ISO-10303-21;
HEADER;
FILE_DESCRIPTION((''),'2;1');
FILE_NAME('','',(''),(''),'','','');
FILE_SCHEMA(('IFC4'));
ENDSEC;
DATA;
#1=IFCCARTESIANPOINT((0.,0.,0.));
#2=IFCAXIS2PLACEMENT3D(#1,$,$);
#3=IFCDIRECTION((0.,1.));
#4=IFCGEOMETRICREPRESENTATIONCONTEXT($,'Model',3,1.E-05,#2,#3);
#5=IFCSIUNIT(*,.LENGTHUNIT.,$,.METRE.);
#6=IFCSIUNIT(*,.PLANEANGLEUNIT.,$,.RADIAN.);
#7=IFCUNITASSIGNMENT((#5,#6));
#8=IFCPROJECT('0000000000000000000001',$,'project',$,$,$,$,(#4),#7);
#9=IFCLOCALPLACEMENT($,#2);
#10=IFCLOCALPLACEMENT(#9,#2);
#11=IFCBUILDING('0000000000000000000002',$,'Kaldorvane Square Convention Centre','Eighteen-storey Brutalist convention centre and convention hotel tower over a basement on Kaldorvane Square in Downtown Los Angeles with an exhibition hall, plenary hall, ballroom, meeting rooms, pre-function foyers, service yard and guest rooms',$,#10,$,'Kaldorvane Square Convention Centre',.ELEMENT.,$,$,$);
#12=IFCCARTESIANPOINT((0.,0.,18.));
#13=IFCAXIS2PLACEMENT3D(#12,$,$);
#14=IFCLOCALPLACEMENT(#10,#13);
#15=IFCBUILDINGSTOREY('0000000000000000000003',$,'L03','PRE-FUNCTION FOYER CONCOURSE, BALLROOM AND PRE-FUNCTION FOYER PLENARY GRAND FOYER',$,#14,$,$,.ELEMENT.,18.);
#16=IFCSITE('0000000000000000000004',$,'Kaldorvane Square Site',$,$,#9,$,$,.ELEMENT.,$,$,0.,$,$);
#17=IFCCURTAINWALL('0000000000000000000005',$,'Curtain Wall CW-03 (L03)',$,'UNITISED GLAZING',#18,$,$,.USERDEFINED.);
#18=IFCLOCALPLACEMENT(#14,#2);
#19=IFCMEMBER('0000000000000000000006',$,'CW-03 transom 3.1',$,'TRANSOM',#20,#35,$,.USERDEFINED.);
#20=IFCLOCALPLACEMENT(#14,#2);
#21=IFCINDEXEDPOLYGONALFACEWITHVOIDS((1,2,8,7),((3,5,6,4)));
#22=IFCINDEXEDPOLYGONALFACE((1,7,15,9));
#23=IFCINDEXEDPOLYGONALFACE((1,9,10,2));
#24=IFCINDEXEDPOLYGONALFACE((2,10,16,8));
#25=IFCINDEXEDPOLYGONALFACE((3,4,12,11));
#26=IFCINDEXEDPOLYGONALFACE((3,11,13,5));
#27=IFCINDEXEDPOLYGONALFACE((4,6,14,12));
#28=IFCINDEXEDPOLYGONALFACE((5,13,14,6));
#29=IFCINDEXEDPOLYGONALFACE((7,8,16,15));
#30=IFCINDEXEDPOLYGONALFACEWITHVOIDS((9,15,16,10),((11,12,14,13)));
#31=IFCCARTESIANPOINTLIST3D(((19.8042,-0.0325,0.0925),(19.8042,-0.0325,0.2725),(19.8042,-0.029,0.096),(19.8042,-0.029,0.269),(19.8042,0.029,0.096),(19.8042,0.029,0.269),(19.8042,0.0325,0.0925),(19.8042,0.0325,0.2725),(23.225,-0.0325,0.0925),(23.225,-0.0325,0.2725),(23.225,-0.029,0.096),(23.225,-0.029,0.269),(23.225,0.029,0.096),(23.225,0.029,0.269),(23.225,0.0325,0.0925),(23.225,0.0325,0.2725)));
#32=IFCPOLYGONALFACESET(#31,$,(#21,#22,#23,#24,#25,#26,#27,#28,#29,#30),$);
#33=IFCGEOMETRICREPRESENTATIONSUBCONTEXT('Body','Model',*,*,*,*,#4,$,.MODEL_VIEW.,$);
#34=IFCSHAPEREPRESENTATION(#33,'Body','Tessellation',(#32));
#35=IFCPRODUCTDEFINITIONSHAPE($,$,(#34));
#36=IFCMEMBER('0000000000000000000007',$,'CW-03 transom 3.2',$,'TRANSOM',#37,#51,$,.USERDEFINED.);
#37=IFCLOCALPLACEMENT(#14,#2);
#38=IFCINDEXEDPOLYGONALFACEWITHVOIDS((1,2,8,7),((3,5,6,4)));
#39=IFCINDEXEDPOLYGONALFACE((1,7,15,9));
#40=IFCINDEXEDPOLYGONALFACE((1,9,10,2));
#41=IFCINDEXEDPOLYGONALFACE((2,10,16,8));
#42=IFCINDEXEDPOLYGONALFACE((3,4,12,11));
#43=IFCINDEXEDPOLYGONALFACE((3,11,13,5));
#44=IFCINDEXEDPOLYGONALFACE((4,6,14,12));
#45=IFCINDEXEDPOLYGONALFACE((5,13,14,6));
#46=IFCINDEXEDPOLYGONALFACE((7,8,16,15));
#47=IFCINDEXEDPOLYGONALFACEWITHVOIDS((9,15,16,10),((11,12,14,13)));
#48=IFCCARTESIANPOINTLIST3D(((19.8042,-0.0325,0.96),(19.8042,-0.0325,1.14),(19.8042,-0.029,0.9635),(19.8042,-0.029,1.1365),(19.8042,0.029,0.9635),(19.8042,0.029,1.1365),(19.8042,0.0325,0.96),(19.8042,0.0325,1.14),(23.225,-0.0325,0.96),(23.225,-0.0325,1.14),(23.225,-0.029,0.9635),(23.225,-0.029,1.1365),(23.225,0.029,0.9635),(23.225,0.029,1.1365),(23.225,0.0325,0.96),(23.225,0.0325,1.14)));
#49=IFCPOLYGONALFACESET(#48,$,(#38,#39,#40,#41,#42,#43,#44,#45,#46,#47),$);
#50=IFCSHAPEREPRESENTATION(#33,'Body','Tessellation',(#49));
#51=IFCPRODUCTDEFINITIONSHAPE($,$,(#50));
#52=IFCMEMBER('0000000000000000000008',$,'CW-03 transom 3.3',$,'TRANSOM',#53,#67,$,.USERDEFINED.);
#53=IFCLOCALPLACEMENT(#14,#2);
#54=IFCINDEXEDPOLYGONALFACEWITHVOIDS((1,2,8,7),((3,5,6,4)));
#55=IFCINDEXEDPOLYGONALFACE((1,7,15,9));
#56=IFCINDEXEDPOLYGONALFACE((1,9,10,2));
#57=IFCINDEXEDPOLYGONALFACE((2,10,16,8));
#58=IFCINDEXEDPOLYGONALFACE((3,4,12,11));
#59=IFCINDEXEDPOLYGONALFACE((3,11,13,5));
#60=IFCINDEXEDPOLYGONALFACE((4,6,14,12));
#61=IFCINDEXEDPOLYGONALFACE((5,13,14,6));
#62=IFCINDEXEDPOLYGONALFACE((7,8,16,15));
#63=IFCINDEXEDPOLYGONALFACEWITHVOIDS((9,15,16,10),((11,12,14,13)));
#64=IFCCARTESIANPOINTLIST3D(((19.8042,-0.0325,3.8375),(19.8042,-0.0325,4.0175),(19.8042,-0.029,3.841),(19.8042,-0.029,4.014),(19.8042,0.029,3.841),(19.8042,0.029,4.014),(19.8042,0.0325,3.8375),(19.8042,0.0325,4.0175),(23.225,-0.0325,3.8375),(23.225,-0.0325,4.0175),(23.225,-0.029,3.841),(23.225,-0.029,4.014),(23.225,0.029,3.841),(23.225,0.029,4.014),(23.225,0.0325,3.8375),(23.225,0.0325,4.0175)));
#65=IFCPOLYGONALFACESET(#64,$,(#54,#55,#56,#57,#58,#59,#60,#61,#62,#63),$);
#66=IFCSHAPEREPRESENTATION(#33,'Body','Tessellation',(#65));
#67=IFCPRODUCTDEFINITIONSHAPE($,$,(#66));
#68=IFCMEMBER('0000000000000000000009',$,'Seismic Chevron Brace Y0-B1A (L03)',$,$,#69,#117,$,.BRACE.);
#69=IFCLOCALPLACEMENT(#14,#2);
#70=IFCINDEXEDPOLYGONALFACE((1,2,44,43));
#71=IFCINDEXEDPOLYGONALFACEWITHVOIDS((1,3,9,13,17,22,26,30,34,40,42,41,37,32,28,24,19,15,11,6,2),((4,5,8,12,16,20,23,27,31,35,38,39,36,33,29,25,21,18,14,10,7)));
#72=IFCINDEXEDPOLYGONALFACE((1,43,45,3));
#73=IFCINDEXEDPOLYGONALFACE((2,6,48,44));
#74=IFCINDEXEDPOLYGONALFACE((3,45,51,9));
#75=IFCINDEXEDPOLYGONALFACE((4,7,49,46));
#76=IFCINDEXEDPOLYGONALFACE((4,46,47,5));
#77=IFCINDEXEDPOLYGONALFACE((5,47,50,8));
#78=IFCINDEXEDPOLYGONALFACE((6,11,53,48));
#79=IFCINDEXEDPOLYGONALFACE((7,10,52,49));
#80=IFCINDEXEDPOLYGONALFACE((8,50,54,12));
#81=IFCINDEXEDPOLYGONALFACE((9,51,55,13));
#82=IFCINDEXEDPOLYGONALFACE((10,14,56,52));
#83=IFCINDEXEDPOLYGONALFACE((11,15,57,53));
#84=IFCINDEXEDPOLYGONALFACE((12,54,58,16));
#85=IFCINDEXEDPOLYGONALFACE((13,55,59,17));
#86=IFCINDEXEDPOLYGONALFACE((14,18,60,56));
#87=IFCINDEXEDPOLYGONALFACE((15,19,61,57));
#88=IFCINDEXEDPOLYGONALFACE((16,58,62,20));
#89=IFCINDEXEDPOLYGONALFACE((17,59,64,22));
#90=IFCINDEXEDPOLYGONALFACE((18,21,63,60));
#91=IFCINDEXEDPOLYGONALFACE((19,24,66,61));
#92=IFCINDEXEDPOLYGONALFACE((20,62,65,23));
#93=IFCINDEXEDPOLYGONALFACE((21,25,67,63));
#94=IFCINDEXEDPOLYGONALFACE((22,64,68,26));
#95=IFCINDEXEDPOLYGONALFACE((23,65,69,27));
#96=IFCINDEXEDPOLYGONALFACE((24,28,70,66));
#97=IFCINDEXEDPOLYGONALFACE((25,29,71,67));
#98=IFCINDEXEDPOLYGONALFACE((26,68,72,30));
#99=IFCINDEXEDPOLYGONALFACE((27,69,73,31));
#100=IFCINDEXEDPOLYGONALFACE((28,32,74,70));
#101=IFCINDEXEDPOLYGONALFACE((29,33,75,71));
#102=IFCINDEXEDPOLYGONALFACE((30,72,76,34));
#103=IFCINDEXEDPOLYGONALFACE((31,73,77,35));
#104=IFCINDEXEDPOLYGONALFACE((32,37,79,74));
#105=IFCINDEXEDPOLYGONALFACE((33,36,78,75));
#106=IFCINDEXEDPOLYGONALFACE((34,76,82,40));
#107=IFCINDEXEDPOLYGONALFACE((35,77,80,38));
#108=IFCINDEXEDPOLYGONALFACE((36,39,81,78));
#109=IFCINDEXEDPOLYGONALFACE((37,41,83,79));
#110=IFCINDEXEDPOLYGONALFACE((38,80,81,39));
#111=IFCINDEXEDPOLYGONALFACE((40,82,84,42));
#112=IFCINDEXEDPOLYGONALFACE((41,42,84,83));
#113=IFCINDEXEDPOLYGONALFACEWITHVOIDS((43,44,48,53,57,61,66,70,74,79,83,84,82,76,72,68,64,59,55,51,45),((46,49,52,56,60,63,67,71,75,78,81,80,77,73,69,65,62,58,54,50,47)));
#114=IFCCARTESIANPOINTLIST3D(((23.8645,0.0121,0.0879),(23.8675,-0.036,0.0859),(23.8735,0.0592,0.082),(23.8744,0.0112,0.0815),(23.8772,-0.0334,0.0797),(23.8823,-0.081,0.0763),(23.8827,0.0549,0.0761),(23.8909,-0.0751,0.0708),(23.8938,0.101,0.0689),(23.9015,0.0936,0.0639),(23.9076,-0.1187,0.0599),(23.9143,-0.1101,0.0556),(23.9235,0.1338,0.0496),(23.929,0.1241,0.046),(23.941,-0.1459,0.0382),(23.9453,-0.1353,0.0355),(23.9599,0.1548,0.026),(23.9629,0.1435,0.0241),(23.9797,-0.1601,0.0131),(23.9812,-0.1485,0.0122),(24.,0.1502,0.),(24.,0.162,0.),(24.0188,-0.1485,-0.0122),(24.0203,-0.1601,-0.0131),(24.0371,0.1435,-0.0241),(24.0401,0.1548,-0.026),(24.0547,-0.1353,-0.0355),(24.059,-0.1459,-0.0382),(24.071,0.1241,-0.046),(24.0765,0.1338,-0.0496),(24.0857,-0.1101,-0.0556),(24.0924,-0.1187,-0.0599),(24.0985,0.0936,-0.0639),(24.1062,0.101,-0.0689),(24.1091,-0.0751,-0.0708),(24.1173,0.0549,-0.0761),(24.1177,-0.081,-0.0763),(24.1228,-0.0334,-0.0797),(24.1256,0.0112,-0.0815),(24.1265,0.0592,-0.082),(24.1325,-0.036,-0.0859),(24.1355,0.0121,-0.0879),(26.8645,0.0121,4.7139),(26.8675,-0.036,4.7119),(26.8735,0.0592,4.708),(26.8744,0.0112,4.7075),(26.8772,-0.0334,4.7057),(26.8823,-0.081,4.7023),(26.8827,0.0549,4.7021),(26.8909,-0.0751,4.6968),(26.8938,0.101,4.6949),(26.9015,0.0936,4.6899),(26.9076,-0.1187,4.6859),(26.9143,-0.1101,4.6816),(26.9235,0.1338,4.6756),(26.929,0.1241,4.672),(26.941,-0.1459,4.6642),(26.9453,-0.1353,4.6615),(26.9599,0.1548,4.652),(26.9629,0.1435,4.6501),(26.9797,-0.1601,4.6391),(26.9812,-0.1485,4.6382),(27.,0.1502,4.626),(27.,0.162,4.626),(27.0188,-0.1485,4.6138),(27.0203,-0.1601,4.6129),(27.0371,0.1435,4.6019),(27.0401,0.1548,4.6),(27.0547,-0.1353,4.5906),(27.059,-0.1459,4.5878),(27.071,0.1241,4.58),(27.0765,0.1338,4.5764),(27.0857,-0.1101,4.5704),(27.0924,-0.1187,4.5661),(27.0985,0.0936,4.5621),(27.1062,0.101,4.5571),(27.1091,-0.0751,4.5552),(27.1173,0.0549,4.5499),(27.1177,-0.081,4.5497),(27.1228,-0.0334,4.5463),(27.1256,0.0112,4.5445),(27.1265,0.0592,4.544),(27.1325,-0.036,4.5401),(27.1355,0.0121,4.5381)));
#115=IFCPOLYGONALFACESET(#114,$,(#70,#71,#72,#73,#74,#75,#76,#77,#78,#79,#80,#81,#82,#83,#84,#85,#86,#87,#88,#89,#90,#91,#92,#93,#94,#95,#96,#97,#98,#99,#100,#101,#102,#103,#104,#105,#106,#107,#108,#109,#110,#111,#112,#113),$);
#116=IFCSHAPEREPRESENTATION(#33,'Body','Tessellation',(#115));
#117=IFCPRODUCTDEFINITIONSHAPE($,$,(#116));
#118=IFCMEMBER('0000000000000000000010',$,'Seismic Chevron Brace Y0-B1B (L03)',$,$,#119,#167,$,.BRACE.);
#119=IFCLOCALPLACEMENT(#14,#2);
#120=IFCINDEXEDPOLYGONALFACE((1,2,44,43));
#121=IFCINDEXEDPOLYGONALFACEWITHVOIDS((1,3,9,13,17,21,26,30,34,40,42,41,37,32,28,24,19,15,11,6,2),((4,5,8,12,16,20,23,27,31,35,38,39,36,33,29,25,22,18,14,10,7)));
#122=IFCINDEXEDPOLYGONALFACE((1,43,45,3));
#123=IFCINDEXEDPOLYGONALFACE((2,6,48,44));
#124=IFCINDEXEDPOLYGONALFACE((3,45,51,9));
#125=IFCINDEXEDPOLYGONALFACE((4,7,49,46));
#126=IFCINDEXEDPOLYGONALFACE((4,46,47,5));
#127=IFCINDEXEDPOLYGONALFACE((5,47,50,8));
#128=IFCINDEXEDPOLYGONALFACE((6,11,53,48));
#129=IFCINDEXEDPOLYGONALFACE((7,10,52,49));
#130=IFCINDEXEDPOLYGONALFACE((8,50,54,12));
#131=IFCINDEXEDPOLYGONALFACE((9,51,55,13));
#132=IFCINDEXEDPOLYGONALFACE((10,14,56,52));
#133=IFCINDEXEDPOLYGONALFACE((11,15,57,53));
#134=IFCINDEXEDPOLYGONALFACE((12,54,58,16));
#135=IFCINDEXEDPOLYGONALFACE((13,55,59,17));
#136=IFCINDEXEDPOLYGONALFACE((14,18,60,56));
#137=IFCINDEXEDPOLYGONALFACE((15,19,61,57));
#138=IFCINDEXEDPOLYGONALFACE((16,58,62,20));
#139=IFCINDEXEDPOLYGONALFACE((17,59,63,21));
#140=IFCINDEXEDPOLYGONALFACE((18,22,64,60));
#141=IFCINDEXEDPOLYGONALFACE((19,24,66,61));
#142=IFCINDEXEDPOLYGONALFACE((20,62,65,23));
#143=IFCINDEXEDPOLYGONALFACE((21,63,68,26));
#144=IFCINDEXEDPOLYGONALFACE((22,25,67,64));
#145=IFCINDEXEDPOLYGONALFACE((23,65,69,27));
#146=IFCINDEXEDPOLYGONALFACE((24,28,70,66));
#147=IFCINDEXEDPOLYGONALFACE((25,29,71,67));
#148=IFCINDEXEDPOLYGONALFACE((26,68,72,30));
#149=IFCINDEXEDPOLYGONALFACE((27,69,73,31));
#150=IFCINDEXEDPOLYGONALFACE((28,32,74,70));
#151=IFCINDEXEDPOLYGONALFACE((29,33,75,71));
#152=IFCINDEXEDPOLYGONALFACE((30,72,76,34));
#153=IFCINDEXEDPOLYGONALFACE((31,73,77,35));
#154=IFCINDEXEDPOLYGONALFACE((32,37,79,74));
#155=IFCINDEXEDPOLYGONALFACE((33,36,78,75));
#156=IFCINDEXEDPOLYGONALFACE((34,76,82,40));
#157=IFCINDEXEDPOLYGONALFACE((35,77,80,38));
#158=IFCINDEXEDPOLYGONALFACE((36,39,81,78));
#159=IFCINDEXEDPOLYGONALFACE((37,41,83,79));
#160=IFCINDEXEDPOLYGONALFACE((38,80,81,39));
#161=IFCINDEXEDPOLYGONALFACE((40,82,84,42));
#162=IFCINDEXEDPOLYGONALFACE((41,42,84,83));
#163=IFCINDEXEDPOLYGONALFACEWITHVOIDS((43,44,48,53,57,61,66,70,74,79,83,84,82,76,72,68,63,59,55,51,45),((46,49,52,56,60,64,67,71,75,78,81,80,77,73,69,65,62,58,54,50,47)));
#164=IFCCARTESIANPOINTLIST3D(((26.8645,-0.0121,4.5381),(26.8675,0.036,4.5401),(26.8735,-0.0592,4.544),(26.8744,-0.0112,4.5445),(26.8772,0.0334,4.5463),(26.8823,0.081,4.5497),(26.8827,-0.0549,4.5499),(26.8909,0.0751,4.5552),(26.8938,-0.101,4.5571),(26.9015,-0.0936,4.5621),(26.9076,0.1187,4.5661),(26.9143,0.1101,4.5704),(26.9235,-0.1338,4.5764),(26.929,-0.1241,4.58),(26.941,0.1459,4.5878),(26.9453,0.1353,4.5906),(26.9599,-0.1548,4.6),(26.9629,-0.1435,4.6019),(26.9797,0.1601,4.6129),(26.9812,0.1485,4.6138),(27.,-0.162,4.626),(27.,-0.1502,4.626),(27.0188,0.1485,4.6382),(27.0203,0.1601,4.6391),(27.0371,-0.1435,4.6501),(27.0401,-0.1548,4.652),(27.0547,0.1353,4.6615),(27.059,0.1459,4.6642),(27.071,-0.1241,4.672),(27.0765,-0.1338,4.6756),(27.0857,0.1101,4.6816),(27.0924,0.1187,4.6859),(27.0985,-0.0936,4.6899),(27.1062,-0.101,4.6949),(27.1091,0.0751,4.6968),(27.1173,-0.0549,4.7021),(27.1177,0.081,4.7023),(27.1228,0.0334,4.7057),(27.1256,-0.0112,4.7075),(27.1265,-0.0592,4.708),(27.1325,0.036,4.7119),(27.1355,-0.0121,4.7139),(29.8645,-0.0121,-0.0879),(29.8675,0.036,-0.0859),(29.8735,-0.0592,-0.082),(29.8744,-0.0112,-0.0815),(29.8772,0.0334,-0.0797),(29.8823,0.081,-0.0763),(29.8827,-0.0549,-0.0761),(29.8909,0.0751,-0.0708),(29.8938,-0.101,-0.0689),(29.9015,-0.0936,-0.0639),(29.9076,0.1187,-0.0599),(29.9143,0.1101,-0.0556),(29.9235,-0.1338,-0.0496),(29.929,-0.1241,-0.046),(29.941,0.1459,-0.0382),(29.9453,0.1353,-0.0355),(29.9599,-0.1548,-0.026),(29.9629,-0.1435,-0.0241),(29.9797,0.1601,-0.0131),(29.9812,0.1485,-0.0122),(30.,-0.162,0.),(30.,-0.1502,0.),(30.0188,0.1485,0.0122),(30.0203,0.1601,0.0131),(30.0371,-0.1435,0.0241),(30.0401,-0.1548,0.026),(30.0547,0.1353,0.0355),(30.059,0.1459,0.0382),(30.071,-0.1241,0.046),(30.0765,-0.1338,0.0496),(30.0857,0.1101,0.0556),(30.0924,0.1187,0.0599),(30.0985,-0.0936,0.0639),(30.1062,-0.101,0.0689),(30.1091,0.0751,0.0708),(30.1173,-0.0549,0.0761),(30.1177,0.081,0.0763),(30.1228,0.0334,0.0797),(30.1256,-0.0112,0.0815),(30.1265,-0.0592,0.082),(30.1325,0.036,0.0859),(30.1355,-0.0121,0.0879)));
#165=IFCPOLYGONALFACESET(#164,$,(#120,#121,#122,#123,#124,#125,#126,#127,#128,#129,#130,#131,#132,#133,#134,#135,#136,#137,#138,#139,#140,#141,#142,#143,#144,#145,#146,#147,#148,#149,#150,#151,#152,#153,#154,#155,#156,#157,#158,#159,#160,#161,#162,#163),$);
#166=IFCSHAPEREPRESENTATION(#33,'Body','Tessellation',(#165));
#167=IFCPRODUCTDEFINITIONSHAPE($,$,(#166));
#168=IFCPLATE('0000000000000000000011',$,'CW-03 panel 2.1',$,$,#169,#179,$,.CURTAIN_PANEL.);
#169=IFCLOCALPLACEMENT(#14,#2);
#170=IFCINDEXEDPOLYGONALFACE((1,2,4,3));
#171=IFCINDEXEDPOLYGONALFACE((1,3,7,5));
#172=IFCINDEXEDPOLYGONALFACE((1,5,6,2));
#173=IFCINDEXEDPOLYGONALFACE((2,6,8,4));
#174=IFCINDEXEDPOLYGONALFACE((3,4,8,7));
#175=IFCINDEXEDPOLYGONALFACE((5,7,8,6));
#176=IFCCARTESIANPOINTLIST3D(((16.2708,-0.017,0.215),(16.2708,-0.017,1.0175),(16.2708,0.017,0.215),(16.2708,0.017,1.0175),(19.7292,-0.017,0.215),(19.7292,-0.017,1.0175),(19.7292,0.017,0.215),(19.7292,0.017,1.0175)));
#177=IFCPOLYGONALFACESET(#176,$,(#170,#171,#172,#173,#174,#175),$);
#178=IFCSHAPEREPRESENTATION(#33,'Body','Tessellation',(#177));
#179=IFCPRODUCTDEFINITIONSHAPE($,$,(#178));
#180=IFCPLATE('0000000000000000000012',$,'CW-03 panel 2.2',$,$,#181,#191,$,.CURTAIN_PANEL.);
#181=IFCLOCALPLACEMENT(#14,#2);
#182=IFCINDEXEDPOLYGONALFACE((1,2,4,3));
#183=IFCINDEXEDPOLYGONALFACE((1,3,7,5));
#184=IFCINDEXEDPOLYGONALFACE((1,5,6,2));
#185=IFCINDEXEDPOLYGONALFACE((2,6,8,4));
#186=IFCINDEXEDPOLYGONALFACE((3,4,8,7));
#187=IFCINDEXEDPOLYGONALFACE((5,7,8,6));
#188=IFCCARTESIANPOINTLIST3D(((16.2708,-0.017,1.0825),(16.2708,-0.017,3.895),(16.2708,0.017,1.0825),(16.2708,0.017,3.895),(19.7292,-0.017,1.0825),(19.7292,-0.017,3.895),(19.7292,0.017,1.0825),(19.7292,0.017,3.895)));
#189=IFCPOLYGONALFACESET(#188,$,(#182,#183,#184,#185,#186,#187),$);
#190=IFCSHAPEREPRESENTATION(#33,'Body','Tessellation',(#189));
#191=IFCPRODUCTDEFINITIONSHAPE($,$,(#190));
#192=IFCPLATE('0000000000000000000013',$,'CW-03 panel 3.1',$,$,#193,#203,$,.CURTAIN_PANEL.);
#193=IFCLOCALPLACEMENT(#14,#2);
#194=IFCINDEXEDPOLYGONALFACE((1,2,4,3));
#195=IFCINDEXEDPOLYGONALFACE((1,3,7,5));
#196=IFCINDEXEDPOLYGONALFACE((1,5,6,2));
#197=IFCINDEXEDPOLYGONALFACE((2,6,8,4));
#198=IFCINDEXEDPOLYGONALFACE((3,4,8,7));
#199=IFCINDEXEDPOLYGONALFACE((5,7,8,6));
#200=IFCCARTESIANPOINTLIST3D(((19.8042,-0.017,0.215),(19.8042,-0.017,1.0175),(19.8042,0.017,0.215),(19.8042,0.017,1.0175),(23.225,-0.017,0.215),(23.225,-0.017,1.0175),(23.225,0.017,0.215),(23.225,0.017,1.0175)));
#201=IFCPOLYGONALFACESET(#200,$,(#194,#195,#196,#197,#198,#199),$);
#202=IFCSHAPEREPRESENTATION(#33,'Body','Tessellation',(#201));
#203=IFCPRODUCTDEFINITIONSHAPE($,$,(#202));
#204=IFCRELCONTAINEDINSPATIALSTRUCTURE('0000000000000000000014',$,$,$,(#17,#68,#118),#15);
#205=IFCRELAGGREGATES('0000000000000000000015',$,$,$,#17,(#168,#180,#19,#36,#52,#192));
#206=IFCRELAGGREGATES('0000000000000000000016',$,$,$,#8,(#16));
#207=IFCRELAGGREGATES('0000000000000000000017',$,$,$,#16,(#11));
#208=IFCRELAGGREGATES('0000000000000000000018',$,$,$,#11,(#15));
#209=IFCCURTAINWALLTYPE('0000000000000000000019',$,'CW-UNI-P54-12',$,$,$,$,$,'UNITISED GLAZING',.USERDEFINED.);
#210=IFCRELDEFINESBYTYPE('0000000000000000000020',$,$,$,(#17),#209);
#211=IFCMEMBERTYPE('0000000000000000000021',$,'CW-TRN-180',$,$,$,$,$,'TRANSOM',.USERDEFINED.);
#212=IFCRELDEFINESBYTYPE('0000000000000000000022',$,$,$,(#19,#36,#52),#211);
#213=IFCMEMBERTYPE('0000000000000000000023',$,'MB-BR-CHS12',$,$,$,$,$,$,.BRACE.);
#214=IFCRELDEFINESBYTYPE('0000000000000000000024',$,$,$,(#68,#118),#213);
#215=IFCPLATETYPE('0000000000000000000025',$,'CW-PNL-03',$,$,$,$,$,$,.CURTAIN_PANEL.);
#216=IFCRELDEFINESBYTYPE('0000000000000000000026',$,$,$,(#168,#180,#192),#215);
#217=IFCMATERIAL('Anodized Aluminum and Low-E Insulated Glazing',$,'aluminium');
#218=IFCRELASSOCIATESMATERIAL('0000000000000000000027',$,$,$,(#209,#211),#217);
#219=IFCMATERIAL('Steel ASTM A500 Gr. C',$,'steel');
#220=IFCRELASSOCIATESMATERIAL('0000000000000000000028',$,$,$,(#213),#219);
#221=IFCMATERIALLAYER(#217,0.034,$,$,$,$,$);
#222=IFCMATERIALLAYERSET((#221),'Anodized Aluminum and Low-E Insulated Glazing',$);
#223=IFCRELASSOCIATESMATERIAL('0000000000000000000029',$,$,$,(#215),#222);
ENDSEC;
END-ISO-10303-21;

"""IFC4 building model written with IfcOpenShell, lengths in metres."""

from ifc_helpers import new_model, si_unit, direction, frame, origin, origin_2d, place, context, subcontext, project, spatial, rectangle, hollow_rectangle, hollow_circle, extrude, material, layer, layer_set, material_profile, profile_set, type_object, element, aggregate, save


model = new_model("IFC4")

# Units and contexts
model_context = context("Model", 3, precision=1e-05, world=origin(), true_north=direction((0.0, 1.0)))
body_context = subcontext(model_context, "Body", "Model", "MODEL_VIEW")
ifc_project = project(units=[si_unit("LENGTHUNIT", "METRE"), si_unit("PLANEANGLEUNIT", "RADIAN")], contexts=[model_context])

# Site, building, storey
site_placement = place(None, origin())
site = spatial("IfcSite", under=ifc_project, at=site_placement, Name="Kaldorvane Square Site", CompositionType="ELEMENT", RefElevation=0.0)
building_placement = place(site_placement, origin())
building = spatial("IfcBuilding", under=site, at=building_placement, Name="Kaldorvane Square Convention Centre", Description="Eighteen-storey Brutalist convention centre and convention hotel tower over a basement on Kaldorvane Square in Downtown Los Angeles with an exhibition hall, plenary hall, ballroom, meeting rooms, pre-function foyers, service yard and guest rooms", LongName="Kaldorvane Square Convention Centre", CompositionType="ELEMENT")
storey_placement = place(building_placement, frame((0.0, 0.0, 18.0)))
storey = spatial("IfcBuildingStorey", under=building, at=storey_placement, Name="L03", Description="PRE-FUNCTION FOYER CONCOURSE, BALLROOM AND PRE-FUNCTION FOYER PLENARY GRAND FOYER", CompositionType="ELEMENT", Elevation=18.0)

# Curtain wall, members
ifc_material_1 = material(Name="Anodized Aluminum and Low-E Insulated Glazing", Category="aluminium")
curtain_wall_type = type_object("IfcCurtainWallType", Name="CW-UNI-P54-12", ElementType="UNITISED GLAZING", PredefinedType="USERDEFINED", material=ifc_material_1)
curtain_wall_placement = place(storey_placement, origin())
curtain_wall = element("IfcCurtainWall", 1, at=curtain_wall_placement, inside=storey, type_object=curtain_wall_type, Name="Curtain Wall CW-03 (L03)", ObjectType="UNITISED GLAZING", PredefinedType="USERDEFINED")
ifc_material_profile_1 = material_profile(ifc_material_1, hollow_rectangle(XDim=0.065, YDim=0.18, WallThickness=0.0035, at=origin_2d()), Name="CWT-180X65")
ifc_profile_set_1 = profile_set([ifc_material_profile_1], Name="Anodized Aluminum and Low-E Insulated Glazing")
member_type_1 = type_object("IfcMemberType", Name="CW-TRN-180", ElementType="TRANSOM", PredefinedType="USERDEFINED", material=ifc_profile_set_1)
member_1_placement = place(storey_placement, frame((19.8042, 0.0, 0.1825), z_axis=(1.0, 0.0, 0.0), x_axis=(0.0, 1.0, 0.0)))
member_1 = element("IfcMember", 2, at=member_1_placement, type_object=member_type_1, Name="CW-03 transom 3.1", ObjectType="TRANSOM", PredefinedType="USERDEFINED", context=body_context, shape_type="SweptSolid", body=[
    extrude(hollow_rectangle(XDim=0.065, YDim=0.18, WallThickness=0.0035, at=origin_2d()), origin(), (0.0, 0.0, 1.0), 3.4208),
])
member_2_placement = place(storey_placement, frame((19.8042, 0.0, 1.05), z_axis=(1.0, 0.0, 0.0), x_axis=(0.0, 1.0, 0.0)))
member_2 = element("IfcMember", 3, at=member_2_placement, type_object=member_type_1, Name="CW-03 transom 3.2", ObjectType="TRANSOM", PredefinedType="USERDEFINED", context=body_context, shape_type="SweptSolid", body=[
    extrude(hollow_rectangle(XDim=0.065, YDim=0.18, WallThickness=0.0035, at=origin_2d()), origin(), (0.0, 0.0, 1.0), 3.4208),
])
member_3_placement = place(storey_placement, frame((19.8042, 0.0, 3.9275), z_axis=(1.0, 0.0, 0.0), x_axis=(0.0, 1.0, 0.0)))
member_3 = element("IfcMember", 4, at=member_3_placement, type_object=member_type_1, Name="CW-03 transom 3.3", ObjectType="TRANSOM", PredefinedType="USERDEFINED", context=body_context, shape_type="SweptSolid", body=[
    extrude(hollow_rectangle(XDim=0.065, YDim=0.18, WallThickness=0.0035, at=origin_2d()), origin(), (0.0, 0.0, 1.0), 3.4208),
])

# Members
ifc_material_2 = material(Name="Steel ASTM A500 Gr. C", Category="steel")
ifc_material_profile_2 = material_profile(ifc_material_2, hollow_circle(Radius=0.162, WallThickness=0.0118, at=origin_2d()), Name="HSS12.750X0.500")
ifc_profile_set_2 = profile_set([ifc_material_profile_2], Name="Steel ASTM A500 Gr. C")
member_type_2 = type_object("IfcMemberType", Name="MB-BR-CHS12", PredefinedType="BRACE", material=ifc_profile_set_2)
for number, where, z_axis, x_axis, name in (
    (5, (24.0, 0.0, 0.0), (0.544108, 0.0, 0.839015), (0.0, 1.0, 0.0), "Seismic Chevron Brace Y0-B1A (L03)"),
    (6, (30.0, 0.0, 0.0), (-0.544108, 0.0, 0.839015), (0.0, -1.0, 0.0), "Seismic Chevron Brace Y0-B1B (L03)"),
):
    element("IfcMember", number, at=place(storey_placement, frame(where, z_axis=z_axis, x_axis=x_axis)), inside=storey, type_object=member_type_2, Name=name, PredefinedType="BRACE", context=body_context, shape_type="SweptSolid", body=[
        extrude(hollow_circle(Radius=0.162, WallThickness=0.0118, at=origin_2d()), origin(), (0.0, 0.0, 1.0), 5.5136),
    ])

# Plates
ifc_layer_1 = layer(ifc_material_1, 0.034)
ifc_layer_set_1 = layer_set([ifc_layer_1], Name="Anodized Aluminum and Low-E Insulated Glazing")
plate_type_1 = type_object("IfcPlateType", Name="CW-PNL-03", PredefinedType="CURTAIN_PANEL", material=ifc_layer_set_1)
plate_1_placement = place(storey_placement, frame((18.0, 0.0, 0.215), z_axis=(0.0, 0.0, 1.0), x_axis=(1.0, 0.0, 0.0)))
plate_1 = element("IfcPlate", 7, at=plate_1_placement, type_object=plate_type_1, Name="CW-03 panel 2.1", PredefinedType="CURTAIN_PANEL", context=body_context, shape_type="SweptSolid", body=[
    extrude(rectangle(XDim=3.4583, YDim=0.034, at=origin_2d()), origin(), (0.0, 0.0, 1.0), 0.8025),
])
plate_2_placement = place(storey_placement, frame((18.0, 0.0, 1.0825), z_axis=(0.0, 0.0, 1.0), x_axis=(1.0, 0.0, 0.0)))
plate_2 = element("IfcPlate", 8, at=plate_2_placement, type_object=plate_type_1, Name="CW-03 panel 2.2", PredefinedType="CURTAIN_PANEL", context=body_context, shape_type="SweptSolid", body=[
    extrude(rectangle(XDim=3.4583, YDim=0.034, at=origin_2d()), origin(), (0.0, 0.0, 1.0), 2.8125),
])
plate_3_placement = place(storey_placement, frame((21.5146, 0.0, 0.215), z_axis=(0.0, 0.0, 1.0), x_axis=(1.0, 0.0, 0.0)))
plate_3 = element("IfcPlate", 9, at=plate_3_placement, type_object=plate_type_1, Name="CW-03 panel 3.1", PredefinedType="CURTAIN_PANEL", context=body_context, shape_type="SweptSolid", body=[
    extrude(rectangle(XDim=3.4208, YDim=0.034, at=origin_2d()), origin(), (0.0, 0.0, 1.0), 0.8025),
])
aggregate(curtain_wall, [plate_1, plate_2, member_1, member_2, member_3, plate_3])

save(model, "model.ifc")
